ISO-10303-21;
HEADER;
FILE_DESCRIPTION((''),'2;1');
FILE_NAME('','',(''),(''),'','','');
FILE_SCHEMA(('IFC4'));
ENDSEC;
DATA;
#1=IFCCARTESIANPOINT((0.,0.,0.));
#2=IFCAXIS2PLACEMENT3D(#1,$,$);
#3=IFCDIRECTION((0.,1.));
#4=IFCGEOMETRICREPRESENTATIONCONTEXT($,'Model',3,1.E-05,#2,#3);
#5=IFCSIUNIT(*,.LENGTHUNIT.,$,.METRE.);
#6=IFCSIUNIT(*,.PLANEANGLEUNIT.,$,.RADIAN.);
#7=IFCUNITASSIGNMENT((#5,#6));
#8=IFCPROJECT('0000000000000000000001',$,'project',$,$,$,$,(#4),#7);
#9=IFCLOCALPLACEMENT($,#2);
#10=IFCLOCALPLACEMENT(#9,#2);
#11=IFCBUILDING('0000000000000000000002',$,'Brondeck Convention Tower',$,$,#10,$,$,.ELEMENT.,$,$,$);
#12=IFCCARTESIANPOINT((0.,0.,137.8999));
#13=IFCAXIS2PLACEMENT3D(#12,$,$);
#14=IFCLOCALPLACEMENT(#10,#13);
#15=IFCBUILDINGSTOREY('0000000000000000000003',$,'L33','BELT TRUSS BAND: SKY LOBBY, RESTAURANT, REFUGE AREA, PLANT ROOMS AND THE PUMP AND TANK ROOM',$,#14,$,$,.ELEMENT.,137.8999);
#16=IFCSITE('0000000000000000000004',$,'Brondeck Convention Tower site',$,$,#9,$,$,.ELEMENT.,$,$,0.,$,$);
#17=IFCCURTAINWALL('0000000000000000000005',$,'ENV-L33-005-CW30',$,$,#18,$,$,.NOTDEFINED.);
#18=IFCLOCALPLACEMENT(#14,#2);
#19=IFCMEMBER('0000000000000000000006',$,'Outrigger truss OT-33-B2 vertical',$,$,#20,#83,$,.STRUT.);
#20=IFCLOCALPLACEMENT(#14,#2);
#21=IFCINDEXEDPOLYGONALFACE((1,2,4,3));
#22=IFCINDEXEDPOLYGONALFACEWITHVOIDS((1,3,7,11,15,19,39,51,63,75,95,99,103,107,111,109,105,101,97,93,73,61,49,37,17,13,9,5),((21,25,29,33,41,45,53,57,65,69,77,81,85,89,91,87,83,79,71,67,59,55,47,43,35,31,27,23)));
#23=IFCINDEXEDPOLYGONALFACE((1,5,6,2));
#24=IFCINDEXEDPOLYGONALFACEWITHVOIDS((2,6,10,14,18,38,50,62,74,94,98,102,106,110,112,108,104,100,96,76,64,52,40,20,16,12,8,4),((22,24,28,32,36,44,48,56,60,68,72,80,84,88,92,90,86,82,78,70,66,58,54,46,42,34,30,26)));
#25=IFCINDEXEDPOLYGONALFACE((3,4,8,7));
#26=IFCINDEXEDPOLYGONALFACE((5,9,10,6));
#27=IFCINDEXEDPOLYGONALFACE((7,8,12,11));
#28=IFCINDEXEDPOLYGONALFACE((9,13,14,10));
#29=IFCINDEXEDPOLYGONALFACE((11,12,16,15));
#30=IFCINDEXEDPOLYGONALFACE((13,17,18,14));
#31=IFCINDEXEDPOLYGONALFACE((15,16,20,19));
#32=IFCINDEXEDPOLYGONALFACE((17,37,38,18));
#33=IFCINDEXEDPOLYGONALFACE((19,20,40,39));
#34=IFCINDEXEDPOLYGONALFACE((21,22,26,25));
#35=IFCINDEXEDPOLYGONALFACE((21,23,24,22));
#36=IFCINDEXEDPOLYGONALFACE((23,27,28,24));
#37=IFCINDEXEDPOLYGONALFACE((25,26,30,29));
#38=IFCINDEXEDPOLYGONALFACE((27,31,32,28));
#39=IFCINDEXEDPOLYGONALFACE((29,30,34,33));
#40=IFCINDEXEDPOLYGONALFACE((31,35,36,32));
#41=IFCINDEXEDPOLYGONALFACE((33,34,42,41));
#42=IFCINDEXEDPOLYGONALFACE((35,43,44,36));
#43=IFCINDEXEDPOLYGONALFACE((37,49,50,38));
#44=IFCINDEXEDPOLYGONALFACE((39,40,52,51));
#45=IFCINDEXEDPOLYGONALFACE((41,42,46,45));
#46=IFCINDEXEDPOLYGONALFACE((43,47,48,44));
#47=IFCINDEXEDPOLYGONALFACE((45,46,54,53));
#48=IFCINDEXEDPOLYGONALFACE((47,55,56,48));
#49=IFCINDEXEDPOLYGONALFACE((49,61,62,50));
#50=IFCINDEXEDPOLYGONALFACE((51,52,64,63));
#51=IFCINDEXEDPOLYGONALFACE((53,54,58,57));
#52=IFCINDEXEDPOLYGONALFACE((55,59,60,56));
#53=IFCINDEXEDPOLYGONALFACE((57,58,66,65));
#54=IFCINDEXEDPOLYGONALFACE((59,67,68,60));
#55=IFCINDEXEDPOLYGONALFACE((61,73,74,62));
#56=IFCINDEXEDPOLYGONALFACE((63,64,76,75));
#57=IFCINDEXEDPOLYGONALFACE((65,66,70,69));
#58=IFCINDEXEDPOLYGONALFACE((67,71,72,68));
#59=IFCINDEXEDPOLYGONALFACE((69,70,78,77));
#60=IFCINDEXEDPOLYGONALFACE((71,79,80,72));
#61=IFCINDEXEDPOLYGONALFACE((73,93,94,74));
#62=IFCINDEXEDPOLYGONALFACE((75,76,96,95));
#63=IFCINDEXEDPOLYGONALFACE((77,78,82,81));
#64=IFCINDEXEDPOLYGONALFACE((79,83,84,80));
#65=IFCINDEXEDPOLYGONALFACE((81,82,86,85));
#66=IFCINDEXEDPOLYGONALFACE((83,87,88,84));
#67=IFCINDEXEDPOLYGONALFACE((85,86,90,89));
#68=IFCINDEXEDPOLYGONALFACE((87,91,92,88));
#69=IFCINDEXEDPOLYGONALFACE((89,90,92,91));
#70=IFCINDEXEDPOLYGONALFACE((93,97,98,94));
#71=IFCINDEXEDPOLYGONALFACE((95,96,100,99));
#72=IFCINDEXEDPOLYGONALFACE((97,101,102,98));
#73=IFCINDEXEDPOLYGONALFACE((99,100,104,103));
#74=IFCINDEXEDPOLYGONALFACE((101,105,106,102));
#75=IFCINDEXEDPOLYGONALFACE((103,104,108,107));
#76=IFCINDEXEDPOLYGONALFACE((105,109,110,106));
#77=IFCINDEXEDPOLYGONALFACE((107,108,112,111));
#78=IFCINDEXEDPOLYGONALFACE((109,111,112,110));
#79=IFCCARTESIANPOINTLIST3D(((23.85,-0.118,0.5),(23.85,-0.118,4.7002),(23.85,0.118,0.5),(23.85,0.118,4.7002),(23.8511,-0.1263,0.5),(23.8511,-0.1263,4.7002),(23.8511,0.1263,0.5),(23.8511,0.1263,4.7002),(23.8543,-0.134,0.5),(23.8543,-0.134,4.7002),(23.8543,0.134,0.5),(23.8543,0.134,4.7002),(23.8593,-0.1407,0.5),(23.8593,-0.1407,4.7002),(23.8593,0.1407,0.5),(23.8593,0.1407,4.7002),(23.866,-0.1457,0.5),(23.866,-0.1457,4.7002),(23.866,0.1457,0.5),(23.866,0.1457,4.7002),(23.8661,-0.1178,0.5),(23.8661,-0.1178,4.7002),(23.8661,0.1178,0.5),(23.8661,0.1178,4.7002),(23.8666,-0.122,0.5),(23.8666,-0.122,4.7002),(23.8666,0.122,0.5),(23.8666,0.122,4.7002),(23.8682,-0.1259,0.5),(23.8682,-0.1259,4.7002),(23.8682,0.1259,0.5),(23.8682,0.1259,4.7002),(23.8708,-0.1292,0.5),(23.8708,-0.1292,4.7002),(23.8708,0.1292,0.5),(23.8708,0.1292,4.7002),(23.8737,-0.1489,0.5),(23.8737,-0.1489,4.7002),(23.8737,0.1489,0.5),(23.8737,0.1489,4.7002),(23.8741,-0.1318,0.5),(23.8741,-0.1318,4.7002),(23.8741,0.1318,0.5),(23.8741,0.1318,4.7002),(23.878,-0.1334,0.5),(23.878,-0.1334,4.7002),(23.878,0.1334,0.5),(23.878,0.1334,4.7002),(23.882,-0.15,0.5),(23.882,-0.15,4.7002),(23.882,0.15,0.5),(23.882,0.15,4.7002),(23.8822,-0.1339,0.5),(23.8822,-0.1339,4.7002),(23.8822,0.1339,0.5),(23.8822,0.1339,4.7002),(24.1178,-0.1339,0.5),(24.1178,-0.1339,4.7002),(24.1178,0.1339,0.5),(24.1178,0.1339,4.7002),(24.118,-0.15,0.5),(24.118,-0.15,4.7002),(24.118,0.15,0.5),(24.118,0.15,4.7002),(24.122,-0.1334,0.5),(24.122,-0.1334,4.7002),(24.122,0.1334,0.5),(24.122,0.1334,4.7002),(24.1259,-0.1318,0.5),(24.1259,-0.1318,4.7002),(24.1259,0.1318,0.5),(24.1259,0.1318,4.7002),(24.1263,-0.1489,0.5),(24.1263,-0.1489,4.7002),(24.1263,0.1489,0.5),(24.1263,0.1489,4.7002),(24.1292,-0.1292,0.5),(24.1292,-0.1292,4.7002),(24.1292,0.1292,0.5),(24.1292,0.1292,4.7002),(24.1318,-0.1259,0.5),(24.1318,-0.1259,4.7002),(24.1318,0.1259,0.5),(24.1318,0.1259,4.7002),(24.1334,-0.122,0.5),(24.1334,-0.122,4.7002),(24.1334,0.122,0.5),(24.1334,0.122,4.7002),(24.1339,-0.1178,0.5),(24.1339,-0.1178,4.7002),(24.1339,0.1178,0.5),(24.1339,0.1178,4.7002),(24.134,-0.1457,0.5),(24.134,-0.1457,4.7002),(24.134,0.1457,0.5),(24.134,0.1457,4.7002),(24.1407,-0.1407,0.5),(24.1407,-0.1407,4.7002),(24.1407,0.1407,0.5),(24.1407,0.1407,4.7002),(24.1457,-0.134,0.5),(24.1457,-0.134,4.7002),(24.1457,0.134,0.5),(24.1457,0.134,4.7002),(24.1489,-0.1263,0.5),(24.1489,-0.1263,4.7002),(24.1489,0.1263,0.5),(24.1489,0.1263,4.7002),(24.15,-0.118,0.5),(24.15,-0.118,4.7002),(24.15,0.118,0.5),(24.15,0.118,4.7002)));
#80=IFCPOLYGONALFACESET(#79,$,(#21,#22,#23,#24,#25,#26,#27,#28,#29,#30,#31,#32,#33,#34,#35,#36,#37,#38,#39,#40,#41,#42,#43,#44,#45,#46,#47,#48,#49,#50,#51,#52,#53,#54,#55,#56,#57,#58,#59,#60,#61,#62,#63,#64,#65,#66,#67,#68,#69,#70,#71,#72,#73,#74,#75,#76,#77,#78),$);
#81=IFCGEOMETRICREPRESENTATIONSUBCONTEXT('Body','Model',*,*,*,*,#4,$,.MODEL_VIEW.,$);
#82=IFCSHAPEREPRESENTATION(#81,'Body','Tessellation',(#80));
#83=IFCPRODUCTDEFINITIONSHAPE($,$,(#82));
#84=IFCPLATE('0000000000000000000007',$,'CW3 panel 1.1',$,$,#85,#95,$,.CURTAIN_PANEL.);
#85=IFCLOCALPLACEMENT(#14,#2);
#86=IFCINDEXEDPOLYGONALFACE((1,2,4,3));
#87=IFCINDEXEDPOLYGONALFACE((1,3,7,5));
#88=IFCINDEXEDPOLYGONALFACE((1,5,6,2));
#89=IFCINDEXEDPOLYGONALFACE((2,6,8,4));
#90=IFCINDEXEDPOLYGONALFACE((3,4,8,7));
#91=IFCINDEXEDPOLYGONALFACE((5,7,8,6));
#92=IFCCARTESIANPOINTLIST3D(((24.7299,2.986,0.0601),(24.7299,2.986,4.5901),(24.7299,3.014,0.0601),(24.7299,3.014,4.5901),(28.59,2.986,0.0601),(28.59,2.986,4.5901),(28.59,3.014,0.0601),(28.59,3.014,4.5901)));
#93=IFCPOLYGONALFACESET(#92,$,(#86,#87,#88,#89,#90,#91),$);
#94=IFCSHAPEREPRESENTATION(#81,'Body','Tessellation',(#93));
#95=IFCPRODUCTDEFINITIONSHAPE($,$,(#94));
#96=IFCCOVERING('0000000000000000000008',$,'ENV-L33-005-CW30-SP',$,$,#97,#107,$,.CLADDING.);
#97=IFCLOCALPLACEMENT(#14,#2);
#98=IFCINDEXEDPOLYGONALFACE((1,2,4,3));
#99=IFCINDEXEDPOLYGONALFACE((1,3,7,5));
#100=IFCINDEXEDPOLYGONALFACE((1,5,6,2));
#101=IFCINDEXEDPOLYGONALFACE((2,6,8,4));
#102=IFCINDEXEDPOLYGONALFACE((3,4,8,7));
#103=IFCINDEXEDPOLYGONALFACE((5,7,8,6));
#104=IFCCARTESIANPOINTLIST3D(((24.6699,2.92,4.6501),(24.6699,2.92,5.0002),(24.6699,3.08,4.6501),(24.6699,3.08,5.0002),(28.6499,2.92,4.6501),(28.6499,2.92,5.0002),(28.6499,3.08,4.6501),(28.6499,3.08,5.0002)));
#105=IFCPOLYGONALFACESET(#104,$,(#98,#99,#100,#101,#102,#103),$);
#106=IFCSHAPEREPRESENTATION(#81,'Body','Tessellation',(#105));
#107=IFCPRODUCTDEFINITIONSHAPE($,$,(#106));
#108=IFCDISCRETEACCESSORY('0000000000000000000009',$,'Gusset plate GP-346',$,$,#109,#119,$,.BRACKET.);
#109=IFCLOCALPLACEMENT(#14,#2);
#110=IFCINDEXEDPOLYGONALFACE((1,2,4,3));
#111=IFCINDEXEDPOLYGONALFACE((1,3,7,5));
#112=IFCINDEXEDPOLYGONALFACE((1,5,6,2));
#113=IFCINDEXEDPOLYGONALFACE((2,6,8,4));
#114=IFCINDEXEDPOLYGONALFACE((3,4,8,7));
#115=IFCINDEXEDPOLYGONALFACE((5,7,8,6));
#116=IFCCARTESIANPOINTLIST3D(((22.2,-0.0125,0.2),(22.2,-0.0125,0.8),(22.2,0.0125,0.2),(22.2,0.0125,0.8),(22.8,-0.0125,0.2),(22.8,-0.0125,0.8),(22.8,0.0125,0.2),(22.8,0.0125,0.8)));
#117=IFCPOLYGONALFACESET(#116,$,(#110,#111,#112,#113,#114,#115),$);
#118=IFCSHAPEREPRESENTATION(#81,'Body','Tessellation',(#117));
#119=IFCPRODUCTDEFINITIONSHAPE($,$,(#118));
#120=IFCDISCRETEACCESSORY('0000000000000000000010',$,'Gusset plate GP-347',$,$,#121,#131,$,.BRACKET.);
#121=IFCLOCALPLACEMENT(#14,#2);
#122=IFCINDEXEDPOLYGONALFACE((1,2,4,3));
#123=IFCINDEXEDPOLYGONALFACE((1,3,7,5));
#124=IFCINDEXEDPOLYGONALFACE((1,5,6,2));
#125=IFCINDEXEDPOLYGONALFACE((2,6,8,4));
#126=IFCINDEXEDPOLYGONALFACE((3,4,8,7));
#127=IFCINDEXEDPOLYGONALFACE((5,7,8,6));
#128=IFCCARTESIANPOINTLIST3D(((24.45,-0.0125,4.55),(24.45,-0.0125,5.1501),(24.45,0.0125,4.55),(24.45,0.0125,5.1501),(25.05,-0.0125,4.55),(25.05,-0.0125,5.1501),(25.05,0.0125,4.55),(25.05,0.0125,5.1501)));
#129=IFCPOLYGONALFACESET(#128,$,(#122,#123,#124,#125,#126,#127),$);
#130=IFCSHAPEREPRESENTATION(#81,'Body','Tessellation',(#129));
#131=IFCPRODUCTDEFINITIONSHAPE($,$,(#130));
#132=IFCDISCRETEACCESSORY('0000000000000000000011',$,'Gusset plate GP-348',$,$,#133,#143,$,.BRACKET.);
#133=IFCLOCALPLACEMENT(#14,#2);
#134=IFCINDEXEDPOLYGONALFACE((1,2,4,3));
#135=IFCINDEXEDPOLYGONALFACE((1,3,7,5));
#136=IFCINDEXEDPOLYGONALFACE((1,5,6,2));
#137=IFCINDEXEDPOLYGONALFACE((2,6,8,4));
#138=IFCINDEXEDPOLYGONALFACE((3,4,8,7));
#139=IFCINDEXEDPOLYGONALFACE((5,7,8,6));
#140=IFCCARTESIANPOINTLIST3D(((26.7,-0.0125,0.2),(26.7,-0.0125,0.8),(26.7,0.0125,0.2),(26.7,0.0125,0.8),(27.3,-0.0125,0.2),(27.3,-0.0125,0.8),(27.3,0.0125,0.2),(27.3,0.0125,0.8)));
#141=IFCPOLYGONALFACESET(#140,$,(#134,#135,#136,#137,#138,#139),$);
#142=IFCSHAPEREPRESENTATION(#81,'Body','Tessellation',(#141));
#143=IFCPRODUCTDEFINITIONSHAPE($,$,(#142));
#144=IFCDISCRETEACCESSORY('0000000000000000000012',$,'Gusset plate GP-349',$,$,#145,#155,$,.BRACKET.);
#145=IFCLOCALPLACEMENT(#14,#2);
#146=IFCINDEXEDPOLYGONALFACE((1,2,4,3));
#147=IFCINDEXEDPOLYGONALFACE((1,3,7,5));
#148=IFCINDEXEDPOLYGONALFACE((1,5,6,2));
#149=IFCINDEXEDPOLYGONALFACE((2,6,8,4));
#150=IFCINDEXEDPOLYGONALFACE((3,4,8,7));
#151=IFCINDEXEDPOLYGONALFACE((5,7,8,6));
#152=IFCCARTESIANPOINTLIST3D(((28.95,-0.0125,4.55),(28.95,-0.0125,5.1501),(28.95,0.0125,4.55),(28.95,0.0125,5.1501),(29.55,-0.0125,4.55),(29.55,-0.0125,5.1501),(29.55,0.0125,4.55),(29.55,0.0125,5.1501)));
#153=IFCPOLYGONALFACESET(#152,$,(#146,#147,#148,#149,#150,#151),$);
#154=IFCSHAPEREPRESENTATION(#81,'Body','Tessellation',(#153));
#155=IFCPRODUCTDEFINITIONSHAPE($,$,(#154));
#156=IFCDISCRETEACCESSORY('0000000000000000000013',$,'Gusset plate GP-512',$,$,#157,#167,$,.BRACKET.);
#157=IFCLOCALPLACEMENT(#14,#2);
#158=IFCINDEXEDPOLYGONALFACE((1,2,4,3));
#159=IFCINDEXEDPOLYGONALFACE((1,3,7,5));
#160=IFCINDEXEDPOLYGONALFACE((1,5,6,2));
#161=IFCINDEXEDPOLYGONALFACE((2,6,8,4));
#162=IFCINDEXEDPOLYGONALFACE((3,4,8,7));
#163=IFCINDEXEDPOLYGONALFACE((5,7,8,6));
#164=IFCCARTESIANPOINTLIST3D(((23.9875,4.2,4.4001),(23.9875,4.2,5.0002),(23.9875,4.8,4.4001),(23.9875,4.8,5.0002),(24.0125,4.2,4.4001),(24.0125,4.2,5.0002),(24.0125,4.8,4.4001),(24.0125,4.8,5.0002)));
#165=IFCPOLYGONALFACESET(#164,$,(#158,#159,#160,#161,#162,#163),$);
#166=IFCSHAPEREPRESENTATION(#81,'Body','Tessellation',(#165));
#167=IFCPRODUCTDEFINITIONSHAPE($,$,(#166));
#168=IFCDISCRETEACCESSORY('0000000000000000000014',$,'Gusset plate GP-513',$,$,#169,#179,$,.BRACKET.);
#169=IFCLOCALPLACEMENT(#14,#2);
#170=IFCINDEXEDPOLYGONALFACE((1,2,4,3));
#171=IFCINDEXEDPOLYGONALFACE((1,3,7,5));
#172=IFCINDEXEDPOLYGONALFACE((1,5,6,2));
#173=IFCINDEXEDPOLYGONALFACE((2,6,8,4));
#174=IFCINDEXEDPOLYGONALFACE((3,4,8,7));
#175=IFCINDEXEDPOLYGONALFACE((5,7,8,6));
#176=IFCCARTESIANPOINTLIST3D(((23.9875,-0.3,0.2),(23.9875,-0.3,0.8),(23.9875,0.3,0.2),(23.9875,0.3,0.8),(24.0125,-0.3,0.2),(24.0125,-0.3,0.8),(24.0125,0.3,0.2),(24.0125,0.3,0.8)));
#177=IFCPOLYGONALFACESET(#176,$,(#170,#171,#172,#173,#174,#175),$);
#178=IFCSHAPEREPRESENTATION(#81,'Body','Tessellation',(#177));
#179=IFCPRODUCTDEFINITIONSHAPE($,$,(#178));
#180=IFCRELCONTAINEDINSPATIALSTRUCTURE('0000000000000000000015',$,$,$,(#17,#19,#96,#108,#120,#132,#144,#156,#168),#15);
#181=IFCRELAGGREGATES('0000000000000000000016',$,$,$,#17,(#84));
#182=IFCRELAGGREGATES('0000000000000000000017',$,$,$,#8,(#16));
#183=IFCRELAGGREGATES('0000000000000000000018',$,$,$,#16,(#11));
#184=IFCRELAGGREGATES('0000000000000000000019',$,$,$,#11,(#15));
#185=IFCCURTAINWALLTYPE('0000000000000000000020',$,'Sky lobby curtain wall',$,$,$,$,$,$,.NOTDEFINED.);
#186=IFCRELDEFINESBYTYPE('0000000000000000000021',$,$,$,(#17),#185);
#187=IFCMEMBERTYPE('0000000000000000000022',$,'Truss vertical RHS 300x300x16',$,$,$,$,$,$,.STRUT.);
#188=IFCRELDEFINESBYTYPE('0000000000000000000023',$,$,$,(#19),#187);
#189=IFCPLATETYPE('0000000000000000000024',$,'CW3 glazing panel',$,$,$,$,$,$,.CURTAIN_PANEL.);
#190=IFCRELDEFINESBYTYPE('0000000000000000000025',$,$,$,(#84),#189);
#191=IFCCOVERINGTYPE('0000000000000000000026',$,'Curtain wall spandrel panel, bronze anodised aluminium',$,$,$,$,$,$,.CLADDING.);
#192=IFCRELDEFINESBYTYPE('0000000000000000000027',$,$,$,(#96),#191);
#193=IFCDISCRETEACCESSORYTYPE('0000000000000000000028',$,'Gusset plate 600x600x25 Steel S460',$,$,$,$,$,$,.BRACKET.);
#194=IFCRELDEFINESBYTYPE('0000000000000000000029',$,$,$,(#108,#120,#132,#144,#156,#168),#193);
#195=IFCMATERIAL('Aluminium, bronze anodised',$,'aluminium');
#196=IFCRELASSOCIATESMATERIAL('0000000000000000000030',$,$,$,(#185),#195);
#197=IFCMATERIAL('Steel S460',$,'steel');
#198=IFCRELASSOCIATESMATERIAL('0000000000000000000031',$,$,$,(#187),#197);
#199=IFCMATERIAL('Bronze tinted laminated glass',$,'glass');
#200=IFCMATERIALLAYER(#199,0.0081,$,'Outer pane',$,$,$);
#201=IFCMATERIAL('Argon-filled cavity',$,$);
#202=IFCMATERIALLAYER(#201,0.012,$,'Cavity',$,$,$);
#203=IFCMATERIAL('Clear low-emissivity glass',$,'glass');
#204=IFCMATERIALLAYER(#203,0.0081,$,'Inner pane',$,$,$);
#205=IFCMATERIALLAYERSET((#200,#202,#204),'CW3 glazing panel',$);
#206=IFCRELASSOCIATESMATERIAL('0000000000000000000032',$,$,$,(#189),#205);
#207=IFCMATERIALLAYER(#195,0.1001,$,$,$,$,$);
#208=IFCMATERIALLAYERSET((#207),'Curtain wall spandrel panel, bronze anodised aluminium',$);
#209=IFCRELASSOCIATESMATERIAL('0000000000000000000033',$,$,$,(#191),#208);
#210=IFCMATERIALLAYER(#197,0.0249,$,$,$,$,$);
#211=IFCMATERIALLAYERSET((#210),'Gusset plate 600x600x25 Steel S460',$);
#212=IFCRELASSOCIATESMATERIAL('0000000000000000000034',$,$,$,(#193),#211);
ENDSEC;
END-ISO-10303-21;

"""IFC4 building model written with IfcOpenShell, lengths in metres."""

from ifc_helpers import new_model, si_unit, direction, frame, origin, origin_2d, place, context, subcontext, project, spatial, rectangle, hollow_rectangle, extrude, material, layer, layer_set, material_profile, profile_set, type_object, element, aggregate, save


model = new_model("IFC4")

# Units and contexts
model_context = context("Model", 3, precision=1e-05, world=origin(), true_north=direction((0.0, 1.0)))
body_context = subcontext(model_context, "Body", "Model", "MODEL_VIEW")
ifc_project = project(units=[si_unit("LENGTHUNIT", "METRE"), si_unit("PLANEANGLEUNIT", "RADIAN")], contexts=[model_context])

# Site, building, storey
site_placement = place(None, origin())
site = spatial("IfcSite", under=ifc_project, at=site_placement, Name="Brondeck Convention Tower site", CompositionType="ELEMENT", RefElevation=0.0)
building_placement = place(site_placement, origin())
building = spatial("IfcBuilding", under=site, at=building_placement, Name="Brondeck Convention Tower", CompositionType="ELEMENT")
storey_placement = place(building_placement, frame((0.0, 0.0, 137.8999)))
storey = spatial("IfcBuildingStorey", under=building, at=storey_placement, Name="L33", Description="BELT TRUSS BAND: SKY LOBBY, RESTAURANT, REFUGE AREA, PLANT ROOMS AND THE PUMP AND TANK ROOM", CompositionType="ELEMENT", Elevation=137.8999)

# Shared definitions
ifc_material_1 = material(Name="Aluminium, bronze anodised", Category="aluminium")
curtain_wall_type = type_object("IfcCurtainWallType", Name="Sky lobby curtain wall", PredefinedType="NOTDEFINED", material=ifc_material_1)

# Curtain wall
curtain_wall_1_placement = place(storey_placement, origin())
curtain_wall_1 = element("IfcCurtainWall", 1, at=curtain_wall_1_placement, inside=storey, type_object=curtain_wall_type, Name="ENV-L33-005-CW30", PredefinedType="NOTDEFINED")

# Shared definitions
ifc_material_2 = material(Name="Steel S460", Category="steel")

# Member
ifc_material_profile_1 = material_profile(ifc_material_2, hollow_rectangle(XDim=0.3, YDim=0.3, WallThickness=0.0161, InnerFilletRadius=0.0161, OuterFilletRadius=0.032, at=origin_2d()), Name="RHS 300x300x16")
ifc_profile_set_1 = profile_set([ifc_material_profile_1], Name="Steel S460")
member_type_1 = type_object("IfcMemberType", Name="Truss vertical RHS 300x300x16", PredefinedType="STRUT", material=ifc_profile_set_1)
for number, where, z_axis, x_axis, name in (
    (2, (24.0, 0.0, 0.5), (0.0, 0.0, 1.0), (1.0, 0.0, 0.0), "Outrigger truss OT-33-B2 vertical"),
):
    element("IfcMember", number, at=place(storey_placement, frame(where, z_axis=z_axis, x_axis=x_axis)), inside=storey, type_object=member_type_1, Name=name, PredefinedType="STRUT", context=body_context, shape_type="SweptSolid", body=[
        extrude(hollow_rectangle(XDim=0.3, YDim=0.3, WallThickness=0.0161, InnerFilletRadius=0.0161, OuterFilletRadius=0.032, at=origin_2d()), origin(), (0.0, 0.0, 1.0), 4.2002),
    ])

# Plate
ifc_material_3 = material(Name="Bronze tinted laminated glass", Category="glass")
ifc_layer_1 = layer(ifc_material_3, 0.0081, Name="Outer pane")
ifc_material_4 = material(Name="Argon-filled cavity")
ifc_layer_2 = layer(ifc_material_4, 0.012, Name="Cavity")
ifc_material_5 = material(Name="Clear low-emissivity glass", Category="glass")
ifc_layer_3 = layer(ifc_material_5, 0.0081, Name="Inner pane")
ifc_layer_set_1 = layer_set([ifc_layer_1, ifc_layer_2, ifc_layer_3], Name="CW3 glazing panel")
plate_type = type_object("IfcPlateType", Name="CW3 glazing panel", PredefinedType="CURTAIN_PANEL", material=ifc_layer_set_1)
plate_placement = place(storey_placement, frame((26.6599, 3.0, 0.0601), z_axis=(0.0, 0.0, 1.0), x_axis=(-1.0, 0.0, 0.0)))
plate = element("IfcPlate", 3, at=plate_placement, type_object=plate_type, Name="CW3 panel 1.1", PredefinedType="CURTAIN_PANEL", context=body_context, shape_type="SweptSolid", body=[
    extrude(rectangle(XDim=3.8601, YDim=0.0281, at=origin_2d()), origin(), (0.0, 0.0, 1.0), 4.53),
])
aggregate(curtain_wall_1, [plate])

# Covering
ifc_layer_4 = layer(ifc_material_1, 0.1001)
ifc_layer_set_2 = layer_set([ifc_layer_4], Name="Curtain wall spandrel panel, bronze anodised aluminium")
covering_type = type_object("IfcCoveringType", Name="Curtain wall spandrel panel, bronze anodised aluminium", PredefinedType="CLADDING", material=ifc_layer_set_2)
covering_placement = place(storey_placement, frame((26.6599, 3.0, 4.6501), z_axis=(0.0, 0.0, 1.0), x_axis=(-1.0, 0.0, 0.0)))
element("IfcCovering", 4, at=covering_placement, inside=storey, type_object=covering_type, Name="ENV-L33-005-CW30-SP", PredefinedType="CLADDING", context=body_context, shape_type="SweptSolid", body=[
    extrude(rectangle(XDim=3.98, YDim=0.1599, at=origin_2d()), origin(), (0.0, 0.0, 1.0), 0.3501),
])

# Discrete accessories
ifc_layer_5 = layer(ifc_material_2, 0.0249)
ifc_layer_set_3 = layer_set([ifc_layer_5], Name="Gusset plate 600x600x25 Steel S460")
discrete_accessory_type = type_object("IfcDiscreteAccessoryType", Name="Gusset plate 600x600x25 Steel S460", PredefinedType="BRACKET", material=ifc_layer_set_3)
for number, where, z_axis, x_axis, name in (
    (5, (22.5, 0.0, 0.2), (0.0, 0.0, 1.0), (1.0, 0.0, 0.0), "Gusset plate GP-346"),
    (6, (24.75, 0.0, 4.55), (0.0, 0.0, 1.0), (1.0, 0.0, 0.0), "Gusset plate GP-347"),
    (7, (27.0, 0.0, 0.2), (0.0, 0.0, 1.0), (1.0, 0.0, 0.0), "Gusset plate GP-348"),
    (8, (29.25, 0.0, 4.55), (0.0, 0.0, 1.0), (1.0, 0.0, 0.0), "Gusset plate GP-349"),
    (9, (24.0, 4.5, 4.4001), (0.0, 0.0, 1.0), (0.0, 1.0, 0.0), "Gusset plate GP-512"),
    (10, (24.0, 0.0, 0.2), (0.0, 0.0, 1.0), (0.0, 1.0, 0.0), "Gusset plate GP-513"),
):
    element("IfcDiscreteAccessory", number, at=place(storey_placement, frame(where, z_axis=z_axis, x_axis=x_axis)), inside=storey, type_object=discrete_accessory_type, Name=name, PredefinedType="BRACKET", context=body_context, shape_type="SweptSolid", body=[
        extrude(rectangle(XDim=0.6001, YDim=0.0249, at=origin_2d()), origin(), (0.0, 0.0, 1.0), 0.6001),
    ])

save(model, "model.ifc")
